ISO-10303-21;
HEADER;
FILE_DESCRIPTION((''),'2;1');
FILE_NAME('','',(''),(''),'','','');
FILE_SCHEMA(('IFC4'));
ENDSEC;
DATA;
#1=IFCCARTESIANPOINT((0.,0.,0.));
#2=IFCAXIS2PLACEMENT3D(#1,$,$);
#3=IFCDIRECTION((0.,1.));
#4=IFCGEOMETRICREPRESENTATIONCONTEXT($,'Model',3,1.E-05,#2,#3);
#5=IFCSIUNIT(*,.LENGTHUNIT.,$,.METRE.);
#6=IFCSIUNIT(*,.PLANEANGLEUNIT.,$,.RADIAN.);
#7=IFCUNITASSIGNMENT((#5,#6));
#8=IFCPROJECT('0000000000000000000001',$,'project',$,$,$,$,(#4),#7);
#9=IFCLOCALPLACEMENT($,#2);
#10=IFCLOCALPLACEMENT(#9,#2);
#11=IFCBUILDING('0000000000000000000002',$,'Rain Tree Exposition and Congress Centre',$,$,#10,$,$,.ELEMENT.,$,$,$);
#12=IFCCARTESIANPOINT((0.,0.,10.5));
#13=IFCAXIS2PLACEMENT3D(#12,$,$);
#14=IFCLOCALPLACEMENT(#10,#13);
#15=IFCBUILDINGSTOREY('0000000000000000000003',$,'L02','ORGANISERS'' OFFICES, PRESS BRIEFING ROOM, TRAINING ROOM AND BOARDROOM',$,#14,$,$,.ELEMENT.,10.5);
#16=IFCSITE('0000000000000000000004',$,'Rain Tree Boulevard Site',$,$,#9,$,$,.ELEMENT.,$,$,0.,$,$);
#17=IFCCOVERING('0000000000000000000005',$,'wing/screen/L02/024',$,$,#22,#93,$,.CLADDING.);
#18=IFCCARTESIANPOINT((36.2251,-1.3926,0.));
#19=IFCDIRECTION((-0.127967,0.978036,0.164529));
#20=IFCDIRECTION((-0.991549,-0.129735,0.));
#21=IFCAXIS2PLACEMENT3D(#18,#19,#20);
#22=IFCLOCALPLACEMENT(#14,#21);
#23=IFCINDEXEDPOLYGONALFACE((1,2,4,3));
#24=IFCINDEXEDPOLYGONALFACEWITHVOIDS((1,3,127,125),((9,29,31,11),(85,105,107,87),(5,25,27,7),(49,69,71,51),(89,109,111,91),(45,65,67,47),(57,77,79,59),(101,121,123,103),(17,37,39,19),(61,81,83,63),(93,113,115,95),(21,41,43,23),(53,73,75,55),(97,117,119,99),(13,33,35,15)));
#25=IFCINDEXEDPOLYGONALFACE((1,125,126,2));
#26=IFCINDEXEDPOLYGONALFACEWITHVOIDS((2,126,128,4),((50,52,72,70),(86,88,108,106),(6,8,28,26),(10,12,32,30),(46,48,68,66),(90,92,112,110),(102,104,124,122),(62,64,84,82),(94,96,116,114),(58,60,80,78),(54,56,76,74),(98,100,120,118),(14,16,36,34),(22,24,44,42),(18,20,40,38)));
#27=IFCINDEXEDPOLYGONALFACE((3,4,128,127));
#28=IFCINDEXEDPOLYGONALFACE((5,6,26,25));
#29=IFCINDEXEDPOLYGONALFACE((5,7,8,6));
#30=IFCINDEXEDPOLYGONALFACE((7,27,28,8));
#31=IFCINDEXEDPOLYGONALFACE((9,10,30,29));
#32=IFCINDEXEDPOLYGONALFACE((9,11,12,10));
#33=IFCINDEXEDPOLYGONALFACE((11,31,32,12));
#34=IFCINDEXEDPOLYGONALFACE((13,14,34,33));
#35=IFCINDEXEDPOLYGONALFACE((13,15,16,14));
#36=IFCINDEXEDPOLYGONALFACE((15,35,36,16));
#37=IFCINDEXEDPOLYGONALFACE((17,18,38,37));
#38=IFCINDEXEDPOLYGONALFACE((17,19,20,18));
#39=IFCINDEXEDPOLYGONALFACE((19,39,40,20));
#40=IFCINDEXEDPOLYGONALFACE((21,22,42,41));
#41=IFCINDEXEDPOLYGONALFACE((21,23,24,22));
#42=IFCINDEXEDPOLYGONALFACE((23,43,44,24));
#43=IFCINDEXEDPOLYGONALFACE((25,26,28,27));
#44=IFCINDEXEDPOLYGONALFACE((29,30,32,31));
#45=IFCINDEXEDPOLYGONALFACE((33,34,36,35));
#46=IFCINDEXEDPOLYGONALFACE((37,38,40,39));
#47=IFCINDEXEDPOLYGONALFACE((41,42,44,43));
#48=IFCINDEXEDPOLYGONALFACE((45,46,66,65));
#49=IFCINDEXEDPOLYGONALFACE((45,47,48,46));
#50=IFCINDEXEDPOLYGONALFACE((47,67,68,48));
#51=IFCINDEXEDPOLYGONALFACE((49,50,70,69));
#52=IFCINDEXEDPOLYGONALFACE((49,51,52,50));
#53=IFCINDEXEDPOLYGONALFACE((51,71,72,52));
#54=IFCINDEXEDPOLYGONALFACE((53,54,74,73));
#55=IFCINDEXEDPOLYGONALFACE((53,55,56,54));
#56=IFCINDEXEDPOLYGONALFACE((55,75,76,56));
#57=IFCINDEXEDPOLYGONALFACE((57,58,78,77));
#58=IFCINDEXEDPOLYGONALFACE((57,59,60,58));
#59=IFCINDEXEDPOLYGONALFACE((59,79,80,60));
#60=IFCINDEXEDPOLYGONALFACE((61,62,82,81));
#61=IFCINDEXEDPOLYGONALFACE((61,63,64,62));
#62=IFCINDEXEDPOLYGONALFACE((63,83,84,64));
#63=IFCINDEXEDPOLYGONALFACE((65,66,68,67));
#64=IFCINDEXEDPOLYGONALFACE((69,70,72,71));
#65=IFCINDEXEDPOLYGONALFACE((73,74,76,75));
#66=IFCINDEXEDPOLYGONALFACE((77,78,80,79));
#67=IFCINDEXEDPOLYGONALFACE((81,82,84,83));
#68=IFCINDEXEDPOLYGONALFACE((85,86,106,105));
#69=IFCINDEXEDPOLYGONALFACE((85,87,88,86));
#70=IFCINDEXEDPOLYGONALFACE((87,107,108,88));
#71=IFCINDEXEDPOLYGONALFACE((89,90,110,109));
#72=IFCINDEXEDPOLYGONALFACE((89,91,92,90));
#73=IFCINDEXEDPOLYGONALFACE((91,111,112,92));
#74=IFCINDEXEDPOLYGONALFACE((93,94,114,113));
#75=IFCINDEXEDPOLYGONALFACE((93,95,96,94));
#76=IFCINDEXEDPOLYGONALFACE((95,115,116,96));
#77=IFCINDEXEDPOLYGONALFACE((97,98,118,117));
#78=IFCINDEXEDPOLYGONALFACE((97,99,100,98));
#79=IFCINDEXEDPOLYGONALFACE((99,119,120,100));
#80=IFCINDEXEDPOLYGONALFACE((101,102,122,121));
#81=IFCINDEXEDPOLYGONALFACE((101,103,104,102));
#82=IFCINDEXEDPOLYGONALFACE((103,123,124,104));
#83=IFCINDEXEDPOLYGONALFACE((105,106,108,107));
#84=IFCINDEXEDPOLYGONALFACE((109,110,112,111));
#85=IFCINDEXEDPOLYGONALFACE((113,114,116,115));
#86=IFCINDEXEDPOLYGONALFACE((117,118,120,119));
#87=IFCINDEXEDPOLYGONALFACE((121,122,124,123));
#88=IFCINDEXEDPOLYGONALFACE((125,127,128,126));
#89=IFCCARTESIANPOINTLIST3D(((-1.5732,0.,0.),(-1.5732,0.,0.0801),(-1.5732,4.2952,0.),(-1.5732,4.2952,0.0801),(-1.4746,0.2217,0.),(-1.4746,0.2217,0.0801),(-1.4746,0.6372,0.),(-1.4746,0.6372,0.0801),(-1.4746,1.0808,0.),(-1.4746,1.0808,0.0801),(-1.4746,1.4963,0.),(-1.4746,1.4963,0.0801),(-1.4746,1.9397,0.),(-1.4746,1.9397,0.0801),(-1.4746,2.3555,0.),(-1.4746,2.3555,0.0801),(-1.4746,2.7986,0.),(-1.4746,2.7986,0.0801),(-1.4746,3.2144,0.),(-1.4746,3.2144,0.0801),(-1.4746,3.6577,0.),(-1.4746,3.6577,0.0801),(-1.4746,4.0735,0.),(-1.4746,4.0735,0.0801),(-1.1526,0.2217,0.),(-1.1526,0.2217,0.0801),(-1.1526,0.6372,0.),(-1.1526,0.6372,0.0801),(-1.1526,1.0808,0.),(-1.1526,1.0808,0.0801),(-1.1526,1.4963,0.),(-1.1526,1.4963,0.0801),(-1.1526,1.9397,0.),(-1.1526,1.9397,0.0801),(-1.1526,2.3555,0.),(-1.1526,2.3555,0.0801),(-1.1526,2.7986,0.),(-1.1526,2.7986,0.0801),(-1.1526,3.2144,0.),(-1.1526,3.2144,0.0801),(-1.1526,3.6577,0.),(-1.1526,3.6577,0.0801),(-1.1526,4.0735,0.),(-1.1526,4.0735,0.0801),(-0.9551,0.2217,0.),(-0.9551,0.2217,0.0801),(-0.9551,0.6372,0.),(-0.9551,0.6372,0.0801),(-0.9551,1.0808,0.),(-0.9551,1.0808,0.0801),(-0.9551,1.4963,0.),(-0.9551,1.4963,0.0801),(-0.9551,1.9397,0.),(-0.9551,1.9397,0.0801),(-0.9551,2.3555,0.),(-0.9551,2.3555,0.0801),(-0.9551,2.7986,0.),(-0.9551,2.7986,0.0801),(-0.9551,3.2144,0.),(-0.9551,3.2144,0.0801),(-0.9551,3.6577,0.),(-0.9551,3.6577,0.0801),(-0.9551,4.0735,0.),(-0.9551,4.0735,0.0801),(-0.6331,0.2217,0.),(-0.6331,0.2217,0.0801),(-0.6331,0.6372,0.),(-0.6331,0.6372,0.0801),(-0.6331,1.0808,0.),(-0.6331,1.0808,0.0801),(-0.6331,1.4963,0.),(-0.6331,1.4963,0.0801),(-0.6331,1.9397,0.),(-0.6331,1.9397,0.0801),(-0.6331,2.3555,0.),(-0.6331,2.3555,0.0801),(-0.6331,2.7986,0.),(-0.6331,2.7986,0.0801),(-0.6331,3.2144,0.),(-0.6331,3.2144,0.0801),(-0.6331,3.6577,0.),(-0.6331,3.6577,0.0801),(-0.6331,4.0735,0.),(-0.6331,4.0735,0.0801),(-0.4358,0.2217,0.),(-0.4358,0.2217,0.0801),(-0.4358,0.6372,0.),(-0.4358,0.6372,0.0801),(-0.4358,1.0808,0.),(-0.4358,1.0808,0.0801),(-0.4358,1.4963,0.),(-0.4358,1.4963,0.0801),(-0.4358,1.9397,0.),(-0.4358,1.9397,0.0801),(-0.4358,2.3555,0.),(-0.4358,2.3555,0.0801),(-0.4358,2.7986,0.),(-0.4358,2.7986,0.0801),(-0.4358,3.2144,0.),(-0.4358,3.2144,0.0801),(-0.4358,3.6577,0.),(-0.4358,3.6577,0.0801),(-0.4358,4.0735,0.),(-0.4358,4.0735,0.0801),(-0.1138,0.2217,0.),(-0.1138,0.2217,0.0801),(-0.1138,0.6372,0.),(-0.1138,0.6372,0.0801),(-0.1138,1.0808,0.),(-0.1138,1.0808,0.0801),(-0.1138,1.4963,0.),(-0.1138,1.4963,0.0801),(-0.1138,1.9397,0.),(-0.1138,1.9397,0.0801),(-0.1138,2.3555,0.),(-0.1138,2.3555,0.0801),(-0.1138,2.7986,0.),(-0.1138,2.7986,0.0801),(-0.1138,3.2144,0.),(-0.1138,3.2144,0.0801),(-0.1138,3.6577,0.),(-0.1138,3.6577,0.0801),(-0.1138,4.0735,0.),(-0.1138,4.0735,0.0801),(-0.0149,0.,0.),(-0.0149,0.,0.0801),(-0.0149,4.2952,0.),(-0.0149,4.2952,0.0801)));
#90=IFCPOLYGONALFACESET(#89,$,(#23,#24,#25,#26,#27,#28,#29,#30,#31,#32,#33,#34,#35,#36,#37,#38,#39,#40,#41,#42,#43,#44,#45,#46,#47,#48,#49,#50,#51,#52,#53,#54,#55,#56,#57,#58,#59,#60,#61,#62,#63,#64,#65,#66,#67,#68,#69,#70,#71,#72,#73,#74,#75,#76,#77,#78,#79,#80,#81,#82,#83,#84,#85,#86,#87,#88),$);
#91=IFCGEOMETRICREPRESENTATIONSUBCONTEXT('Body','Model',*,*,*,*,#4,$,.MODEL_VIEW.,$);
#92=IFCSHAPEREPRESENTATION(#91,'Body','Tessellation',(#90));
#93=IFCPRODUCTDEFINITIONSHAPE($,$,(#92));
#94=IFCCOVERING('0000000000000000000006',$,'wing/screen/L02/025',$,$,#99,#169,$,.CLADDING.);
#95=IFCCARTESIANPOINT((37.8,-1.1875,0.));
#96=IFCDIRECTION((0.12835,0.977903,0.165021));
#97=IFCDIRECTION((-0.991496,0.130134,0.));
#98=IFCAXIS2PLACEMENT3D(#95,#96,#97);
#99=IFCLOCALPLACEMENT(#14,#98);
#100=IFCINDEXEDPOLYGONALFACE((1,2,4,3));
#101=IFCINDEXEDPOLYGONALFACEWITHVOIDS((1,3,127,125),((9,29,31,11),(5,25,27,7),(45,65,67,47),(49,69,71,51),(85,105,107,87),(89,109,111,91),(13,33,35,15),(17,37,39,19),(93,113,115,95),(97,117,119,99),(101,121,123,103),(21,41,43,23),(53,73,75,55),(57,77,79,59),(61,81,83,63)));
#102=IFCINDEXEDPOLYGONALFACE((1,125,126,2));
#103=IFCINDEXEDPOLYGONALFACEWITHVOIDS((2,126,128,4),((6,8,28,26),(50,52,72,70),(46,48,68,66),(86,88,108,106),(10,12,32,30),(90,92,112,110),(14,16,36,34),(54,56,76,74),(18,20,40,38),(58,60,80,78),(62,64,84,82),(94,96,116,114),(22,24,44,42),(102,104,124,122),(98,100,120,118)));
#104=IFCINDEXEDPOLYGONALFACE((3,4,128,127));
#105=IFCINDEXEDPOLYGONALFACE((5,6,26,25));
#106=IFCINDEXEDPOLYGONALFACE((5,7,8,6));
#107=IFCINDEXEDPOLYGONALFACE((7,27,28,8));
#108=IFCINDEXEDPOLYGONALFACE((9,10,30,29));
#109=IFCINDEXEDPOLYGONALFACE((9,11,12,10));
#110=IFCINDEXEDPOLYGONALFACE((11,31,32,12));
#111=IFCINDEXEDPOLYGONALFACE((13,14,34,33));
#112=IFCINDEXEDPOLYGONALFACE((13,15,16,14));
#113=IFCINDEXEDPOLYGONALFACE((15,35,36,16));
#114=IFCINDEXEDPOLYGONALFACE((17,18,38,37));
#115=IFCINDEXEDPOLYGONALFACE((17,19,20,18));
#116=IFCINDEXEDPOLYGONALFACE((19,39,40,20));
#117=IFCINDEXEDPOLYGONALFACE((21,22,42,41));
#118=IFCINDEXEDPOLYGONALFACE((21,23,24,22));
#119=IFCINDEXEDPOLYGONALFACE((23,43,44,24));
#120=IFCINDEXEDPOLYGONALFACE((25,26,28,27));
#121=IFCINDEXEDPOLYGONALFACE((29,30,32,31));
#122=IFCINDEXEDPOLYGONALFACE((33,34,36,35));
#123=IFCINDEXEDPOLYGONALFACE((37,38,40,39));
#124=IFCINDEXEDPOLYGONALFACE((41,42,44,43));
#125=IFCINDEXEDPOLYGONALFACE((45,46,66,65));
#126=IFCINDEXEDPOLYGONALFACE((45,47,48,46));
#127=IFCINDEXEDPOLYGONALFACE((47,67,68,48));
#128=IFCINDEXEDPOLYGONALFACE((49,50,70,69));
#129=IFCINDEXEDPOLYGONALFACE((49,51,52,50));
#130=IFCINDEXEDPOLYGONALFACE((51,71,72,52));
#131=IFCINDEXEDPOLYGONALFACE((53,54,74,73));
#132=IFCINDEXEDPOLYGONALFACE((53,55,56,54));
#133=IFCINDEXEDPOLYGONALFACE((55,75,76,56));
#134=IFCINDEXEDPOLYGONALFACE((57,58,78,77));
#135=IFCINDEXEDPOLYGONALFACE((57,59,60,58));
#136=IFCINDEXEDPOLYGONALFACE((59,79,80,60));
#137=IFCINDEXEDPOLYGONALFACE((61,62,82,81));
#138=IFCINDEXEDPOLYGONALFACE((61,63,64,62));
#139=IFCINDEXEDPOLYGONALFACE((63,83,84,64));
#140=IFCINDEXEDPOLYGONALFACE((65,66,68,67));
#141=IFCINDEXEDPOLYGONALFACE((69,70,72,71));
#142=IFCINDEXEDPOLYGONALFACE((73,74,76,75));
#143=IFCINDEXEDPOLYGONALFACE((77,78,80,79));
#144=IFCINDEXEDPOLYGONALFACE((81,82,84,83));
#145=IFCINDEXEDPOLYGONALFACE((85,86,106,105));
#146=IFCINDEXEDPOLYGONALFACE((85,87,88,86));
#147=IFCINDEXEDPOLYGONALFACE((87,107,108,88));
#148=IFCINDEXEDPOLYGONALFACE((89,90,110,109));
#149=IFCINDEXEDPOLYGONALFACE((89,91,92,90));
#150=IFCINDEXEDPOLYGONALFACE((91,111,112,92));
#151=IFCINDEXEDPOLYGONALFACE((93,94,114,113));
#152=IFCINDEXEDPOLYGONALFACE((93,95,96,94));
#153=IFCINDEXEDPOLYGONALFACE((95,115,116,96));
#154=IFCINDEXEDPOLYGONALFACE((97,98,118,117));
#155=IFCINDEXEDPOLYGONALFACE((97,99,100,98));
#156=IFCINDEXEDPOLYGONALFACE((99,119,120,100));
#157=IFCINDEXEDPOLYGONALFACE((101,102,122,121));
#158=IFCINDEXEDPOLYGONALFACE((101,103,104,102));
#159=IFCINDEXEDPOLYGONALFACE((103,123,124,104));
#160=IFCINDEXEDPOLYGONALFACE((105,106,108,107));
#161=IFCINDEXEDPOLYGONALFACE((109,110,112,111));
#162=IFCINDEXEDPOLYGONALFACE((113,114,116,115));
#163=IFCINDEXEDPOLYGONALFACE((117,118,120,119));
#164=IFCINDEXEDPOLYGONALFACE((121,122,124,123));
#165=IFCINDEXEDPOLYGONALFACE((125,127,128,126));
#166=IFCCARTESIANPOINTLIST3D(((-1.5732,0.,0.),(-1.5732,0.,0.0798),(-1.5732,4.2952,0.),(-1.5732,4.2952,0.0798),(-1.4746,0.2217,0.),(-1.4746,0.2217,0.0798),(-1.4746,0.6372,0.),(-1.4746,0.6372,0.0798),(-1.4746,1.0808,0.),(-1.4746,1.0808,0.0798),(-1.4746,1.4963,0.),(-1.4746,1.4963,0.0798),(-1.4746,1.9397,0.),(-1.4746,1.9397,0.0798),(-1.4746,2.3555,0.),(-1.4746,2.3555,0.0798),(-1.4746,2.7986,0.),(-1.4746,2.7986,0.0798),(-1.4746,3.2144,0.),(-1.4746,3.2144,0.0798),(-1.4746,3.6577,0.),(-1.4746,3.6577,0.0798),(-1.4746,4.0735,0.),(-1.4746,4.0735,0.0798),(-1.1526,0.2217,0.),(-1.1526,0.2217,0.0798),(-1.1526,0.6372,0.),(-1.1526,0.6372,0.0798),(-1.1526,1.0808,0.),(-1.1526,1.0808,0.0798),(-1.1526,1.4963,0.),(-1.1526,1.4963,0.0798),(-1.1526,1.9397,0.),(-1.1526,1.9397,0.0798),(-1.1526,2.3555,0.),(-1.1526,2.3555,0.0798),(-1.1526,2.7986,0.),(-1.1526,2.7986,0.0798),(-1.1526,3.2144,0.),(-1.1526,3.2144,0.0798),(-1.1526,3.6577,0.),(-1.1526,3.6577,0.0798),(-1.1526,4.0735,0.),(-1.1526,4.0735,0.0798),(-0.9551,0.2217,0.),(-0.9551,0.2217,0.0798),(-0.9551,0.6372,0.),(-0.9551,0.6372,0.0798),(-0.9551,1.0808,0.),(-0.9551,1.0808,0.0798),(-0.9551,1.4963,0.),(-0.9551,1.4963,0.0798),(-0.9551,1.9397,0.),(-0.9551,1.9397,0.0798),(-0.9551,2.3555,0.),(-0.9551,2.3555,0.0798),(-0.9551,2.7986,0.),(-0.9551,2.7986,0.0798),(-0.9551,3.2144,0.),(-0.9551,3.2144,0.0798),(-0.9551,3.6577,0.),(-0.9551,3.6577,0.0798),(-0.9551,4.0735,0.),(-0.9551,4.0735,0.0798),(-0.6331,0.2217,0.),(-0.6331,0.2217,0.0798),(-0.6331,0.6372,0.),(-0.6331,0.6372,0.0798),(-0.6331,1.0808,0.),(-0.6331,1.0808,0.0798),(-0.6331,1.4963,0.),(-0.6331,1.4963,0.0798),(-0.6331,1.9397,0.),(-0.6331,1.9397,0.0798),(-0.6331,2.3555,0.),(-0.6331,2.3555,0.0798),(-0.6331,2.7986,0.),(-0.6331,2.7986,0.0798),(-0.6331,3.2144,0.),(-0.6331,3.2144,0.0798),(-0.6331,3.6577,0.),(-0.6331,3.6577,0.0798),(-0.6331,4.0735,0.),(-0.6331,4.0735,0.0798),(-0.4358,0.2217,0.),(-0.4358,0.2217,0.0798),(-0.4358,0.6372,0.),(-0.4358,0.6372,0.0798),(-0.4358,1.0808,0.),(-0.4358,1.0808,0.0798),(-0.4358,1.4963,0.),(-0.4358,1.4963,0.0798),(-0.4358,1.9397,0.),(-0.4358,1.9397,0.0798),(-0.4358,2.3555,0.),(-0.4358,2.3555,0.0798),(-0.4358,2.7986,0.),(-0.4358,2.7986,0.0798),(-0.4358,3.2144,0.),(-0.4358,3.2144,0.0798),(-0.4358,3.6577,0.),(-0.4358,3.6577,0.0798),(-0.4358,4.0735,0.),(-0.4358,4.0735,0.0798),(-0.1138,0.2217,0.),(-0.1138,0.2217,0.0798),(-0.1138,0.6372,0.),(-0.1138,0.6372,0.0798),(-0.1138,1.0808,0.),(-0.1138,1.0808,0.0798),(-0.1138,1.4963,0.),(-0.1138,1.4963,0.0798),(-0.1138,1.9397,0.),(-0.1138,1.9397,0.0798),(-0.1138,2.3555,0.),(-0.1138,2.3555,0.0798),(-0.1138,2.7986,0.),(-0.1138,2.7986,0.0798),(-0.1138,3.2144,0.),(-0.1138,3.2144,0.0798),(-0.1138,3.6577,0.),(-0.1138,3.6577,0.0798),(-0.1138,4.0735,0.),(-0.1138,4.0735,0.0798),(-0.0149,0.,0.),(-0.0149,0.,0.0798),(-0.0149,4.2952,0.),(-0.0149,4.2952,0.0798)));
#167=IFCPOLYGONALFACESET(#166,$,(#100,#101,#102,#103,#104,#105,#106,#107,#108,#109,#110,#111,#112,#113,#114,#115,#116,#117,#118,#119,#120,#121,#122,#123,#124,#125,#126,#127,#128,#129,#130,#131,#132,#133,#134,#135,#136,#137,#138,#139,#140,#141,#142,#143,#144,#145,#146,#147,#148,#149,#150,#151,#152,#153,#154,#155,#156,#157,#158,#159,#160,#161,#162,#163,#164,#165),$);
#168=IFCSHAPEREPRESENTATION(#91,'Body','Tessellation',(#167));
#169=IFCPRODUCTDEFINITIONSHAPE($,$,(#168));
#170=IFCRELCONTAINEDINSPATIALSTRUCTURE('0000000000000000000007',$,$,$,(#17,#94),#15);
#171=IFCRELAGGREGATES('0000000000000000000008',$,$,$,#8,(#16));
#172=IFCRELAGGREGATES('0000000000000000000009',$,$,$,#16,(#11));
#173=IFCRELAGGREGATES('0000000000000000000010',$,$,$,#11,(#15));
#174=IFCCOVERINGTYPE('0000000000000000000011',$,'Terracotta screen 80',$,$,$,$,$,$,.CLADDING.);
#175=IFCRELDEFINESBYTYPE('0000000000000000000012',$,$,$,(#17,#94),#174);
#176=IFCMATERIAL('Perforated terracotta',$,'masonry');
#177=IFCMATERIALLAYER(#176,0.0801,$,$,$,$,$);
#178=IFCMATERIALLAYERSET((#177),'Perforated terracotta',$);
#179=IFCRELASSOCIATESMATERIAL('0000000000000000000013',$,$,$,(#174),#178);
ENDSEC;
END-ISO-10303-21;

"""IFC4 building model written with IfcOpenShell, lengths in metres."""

from ifc_helpers import new_model, si_unit, direction, frame, origin, place, context, subcontext, project, spatial, polyline, outline, extrude, material, layer, layer_set, type_object, element, save


model = new_model("IFC4")

# Units and contexts
model_context = context("Model", 3, precision=1e-05, world=origin(), true_north=direction((0.0, 1.0)))
body_context = subcontext(model_context, "Body", "Model", "MODEL_VIEW")
ifc_project = project(units=[si_unit("LENGTHUNIT", "METRE"), si_unit("PLANEANGLEUNIT", "RADIAN")], contexts=[model_context])

# Site, building, storey
site_placement = place(None, origin())
site = spatial("IfcSite", under=ifc_project, at=site_placement, Name="Rain Tree Boulevard Site", CompositionType="ELEMENT", RefElevation=0.0)
building_placement = place(site_placement, origin())
building = spatial("IfcBuilding", under=site, at=building_placement, Name="Rain Tree Exposition and Congress Centre", CompositionType="ELEMENT")
storey_placement = place(building_placement, frame((0.0, 0.0, 10.5)))
storey = spatial("IfcBuildingStorey", under=building, at=storey_placement, Name="L02", Description="ORGANISERS' OFFICES, PRESS BRIEFING ROOM, TRAINING ROOM AND BOARDROOM", CompositionType="ELEMENT", Elevation=10.5)

# Coverings
ifc_material_1 = material(Name="Perforated terracotta", Category="masonry")
ifc_layer_1 = layer(ifc_material_1, 0.0801)
ifc_layer_set_1 = layer_set([ifc_layer_1], Name="Perforated terracotta")
covering_type = type_object("IfcCoveringType", Name="Terracotta screen 80", PredefinedType="CLADDING", material=ifc_layer_set_1)
covering_1_placement = place(storey_placement, frame((36.2251, -1.3926, 0.0), z_axis=(-0.127967, 0.978036, 0.164529), x_axis=(-0.991549, -0.129735, 0.0)))
element("IfcCovering", 1, at=covering_1_placement, inside=storey, type_object=covering_type, Name="wing/screen/L02/024", PredefinedType="CLADDING", context=body_context, shape_type="SweptSolid", body=[
    extrude(outline(polyline([(-1.5732, 0.0), (-1.5732, 4.2952), (-0.0149, 4.2952), (-0.0149, 0.0), (-1.5732, 0.0)]), holes=[polyline([(-0.1138, 0.2217), (-0.1138, 0.6372), (-0.4358, 0.6372), (-0.4358, 0.2217), (-0.1138, 0.2217)]), polyline([(-0.1138, 1.0808), (-0.1138, 1.4963), (-0.4358, 1.4963), (-0.4358, 1.0808), (-0.1138, 1.0808)]), polyline([(-0.1138, 1.9397), (-0.1138, 2.3555), (-0.4358, 2.3555), (-0.4358, 1.9397), (-0.1138, 1.9397)]), polyline([(-0.1138, 2.7986), (-0.1138, 3.2144), (-0.4358, 3.2144), (-0.4358, 2.7986), (-0.1138, 2.7986)]), polyline([(-0.1138, 3.6577), (-0.1138, 4.0735), (-0.4358, 4.0735), (-0.4358, 3.6577), (-0.1138, 3.6577)]), polyline([(-0.6331, 0.2217), (-0.6331, 0.6372), (-0.9551, 0.6372), (-0.9551, 0.2217), (-0.6331, 0.2217)]), polyline([(-0.6331, 1.0808), (-0.6331, 1.4963), (-0.9551, 1.4963), (-0.9551, 1.0808), (-0.6331, 1.0808)]), polyline([(-0.6331, 1.9397), (-0.6331, 2.3555), (-0.9551, 2.3555), (-0.9551, 1.9397), (-0.6331, 1.9397)]), polyline([(-0.6331, 2.7986), (-0.6331, 3.2144), (-0.9551, 3.2144), (-0.9551, 2.7986), (-0.6331, 2.7986)]), polyline([(-0.6331, 3.6577), (-0.6331, 4.0735), (-0.9551, 4.0735), (-0.9551, 3.6577), (-0.6331, 3.6577)]), polyline([(-1.1526, 0.2217), (-1.1526, 0.6372), (-1.4746, 0.6372), (-1.4746, 0.2217), (-1.1526, 0.2217)]), polyline([(-1.1526, 1.0808), (-1.1526, 1.4963), (-1.4746, 1.4963), (-1.4746, 1.0808), (-1.1526, 1.0808)]), polyline([(-1.1526, 1.9397), (-1.1526, 2.3555), (-1.4746, 2.3555), (-1.4746, 1.9397), (-1.1526, 1.9397)]), polyline([(-1.1526, 2.7986), (-1.1526, 3.2144), (-1.4746, 3.2144), (-1.4746, 2.7986), (-1.1526, 2.7986)]), polyline([(-1.1526, 3.6577), (-1.1526, 4.0735), (-1.4746, 4.0735), (-1.4746, 3.6577), (-1.1526, 3.6577)])]), origin(), (0.0, 0.0, 1.0), 0.0801),
])
covering_2_placement = place(storey_placement, frame((37.8, -1.1875, 0.0), z_axis=(0.12835, 0.977903, 0.165021), x_axis=(-0.991496, 0.130134, 0.0)))
element("IfcCovering", 2, at=covering_2_placement, inside=storey, type_object=covering_type, Name="wing/screen/L02/025", PredefinedType="CLADDING", context=body_context, shape_type="SweptSolid", body=[
    extrude(outline(polyline([(-1.5732, 0.0), (-1.5732, 4.2952), (-0.0149, 4.2952), (-0.0149, 0.0), (-1.5732, 0.0)]), holes=[polyline([(-0.1138, 0.2217), (-0.1138, 0.6372), (-0.4358, 0.6372), (-0.4358, 0.2217), (-0.1138, 0.2217)]), polyline([(-0.1138, 1.0808), (-0.1138, 1.4963), (-0.4358, 1.4963), (-0.4358, 1.0808), (-0.1138, 1.0808)]), polyline([(-0.1138, 1.9397), (-0.1138, 2.3555), (-0.4358, 2.3555), (-0.4358, 1.9397), (-0.1138, 1.9397)]), polyline([(-0.1138, 2.7986), (-0.1138, 3.2144), (-0.4358, 3.2144), (-0.4358, 2.7986), (-0.1138, 2.7986)]), polyline([(-0.1138, 3.6577), (-0.1138, 4.0735), (-0.4358, 4.0735), (-0.4358, 3.6577), (-0.1138, 3.6577)]), polyline([(-0.6331, 0.2217), (-0.6331, 0.6372), (-0.9551, 0.6372), (-0.9551, 0.2217), (-0.6331, 0.2217)]), polyline([(-0.6331, 1.0808), (-0.6331, 1.4963), (-0.9551, 1.4963), (-0.9551, 1.0808), (-0.6331, 1.0808)]), polyline([(-0.6331, 1.9397), (-0.6331, 2.3555), (-0.9551, 2.3555), (-0.9551, 1.9397), (-0.6331, 1.9397)]), polyline([(-0.6331, 2.7986), (-0.6331, 3.2144), (-0.9551, 3.2144), (-0.9551, 2.7986), (-0.6331, 2.7986)]), polyline([(-0.6331, 3.6577), (-0.6331, 4.0735), (-0.9551, 4.0735), (-0.9551, 3.6577), (-0.6331, 3.6577)]), polyline([(-1.1526, 0.2217), (-1.1526, 0.6372), (-1.4746, 0.6372), (-1.4746, 0.2217), (-1.1526, 0.2217)]), polyline([(-1.1526, 1.0808), (-1.1526, 1.4963), (-1.4746, 1.4963), (-1.4746, 1.0808), (-1.1526, 1.0808)]), polyline([(-1.1526, 1.9397), (-1.1526, 2.3555), (-1.4746, 2.3555), (-1.4746, 1.9397), (-1.1526, 1.9397)]), polyline([(-1.1526, 2.7986), (-1.1526, 3.2144), (-1.4746, 3.2144), (-1.4746, 2.7986), (-1.1526, 2.7986)]), polyline([(-1.1526, 3.6577), (-1.1526, 4.0735), (-1.4746, 4.0735), (-1.4746, 3.6577), (-1.1526, 3.6577)])]), origin(), (0.0, 0.0, 1.0), 0.0798),
])

save(model, "model.ifc")
